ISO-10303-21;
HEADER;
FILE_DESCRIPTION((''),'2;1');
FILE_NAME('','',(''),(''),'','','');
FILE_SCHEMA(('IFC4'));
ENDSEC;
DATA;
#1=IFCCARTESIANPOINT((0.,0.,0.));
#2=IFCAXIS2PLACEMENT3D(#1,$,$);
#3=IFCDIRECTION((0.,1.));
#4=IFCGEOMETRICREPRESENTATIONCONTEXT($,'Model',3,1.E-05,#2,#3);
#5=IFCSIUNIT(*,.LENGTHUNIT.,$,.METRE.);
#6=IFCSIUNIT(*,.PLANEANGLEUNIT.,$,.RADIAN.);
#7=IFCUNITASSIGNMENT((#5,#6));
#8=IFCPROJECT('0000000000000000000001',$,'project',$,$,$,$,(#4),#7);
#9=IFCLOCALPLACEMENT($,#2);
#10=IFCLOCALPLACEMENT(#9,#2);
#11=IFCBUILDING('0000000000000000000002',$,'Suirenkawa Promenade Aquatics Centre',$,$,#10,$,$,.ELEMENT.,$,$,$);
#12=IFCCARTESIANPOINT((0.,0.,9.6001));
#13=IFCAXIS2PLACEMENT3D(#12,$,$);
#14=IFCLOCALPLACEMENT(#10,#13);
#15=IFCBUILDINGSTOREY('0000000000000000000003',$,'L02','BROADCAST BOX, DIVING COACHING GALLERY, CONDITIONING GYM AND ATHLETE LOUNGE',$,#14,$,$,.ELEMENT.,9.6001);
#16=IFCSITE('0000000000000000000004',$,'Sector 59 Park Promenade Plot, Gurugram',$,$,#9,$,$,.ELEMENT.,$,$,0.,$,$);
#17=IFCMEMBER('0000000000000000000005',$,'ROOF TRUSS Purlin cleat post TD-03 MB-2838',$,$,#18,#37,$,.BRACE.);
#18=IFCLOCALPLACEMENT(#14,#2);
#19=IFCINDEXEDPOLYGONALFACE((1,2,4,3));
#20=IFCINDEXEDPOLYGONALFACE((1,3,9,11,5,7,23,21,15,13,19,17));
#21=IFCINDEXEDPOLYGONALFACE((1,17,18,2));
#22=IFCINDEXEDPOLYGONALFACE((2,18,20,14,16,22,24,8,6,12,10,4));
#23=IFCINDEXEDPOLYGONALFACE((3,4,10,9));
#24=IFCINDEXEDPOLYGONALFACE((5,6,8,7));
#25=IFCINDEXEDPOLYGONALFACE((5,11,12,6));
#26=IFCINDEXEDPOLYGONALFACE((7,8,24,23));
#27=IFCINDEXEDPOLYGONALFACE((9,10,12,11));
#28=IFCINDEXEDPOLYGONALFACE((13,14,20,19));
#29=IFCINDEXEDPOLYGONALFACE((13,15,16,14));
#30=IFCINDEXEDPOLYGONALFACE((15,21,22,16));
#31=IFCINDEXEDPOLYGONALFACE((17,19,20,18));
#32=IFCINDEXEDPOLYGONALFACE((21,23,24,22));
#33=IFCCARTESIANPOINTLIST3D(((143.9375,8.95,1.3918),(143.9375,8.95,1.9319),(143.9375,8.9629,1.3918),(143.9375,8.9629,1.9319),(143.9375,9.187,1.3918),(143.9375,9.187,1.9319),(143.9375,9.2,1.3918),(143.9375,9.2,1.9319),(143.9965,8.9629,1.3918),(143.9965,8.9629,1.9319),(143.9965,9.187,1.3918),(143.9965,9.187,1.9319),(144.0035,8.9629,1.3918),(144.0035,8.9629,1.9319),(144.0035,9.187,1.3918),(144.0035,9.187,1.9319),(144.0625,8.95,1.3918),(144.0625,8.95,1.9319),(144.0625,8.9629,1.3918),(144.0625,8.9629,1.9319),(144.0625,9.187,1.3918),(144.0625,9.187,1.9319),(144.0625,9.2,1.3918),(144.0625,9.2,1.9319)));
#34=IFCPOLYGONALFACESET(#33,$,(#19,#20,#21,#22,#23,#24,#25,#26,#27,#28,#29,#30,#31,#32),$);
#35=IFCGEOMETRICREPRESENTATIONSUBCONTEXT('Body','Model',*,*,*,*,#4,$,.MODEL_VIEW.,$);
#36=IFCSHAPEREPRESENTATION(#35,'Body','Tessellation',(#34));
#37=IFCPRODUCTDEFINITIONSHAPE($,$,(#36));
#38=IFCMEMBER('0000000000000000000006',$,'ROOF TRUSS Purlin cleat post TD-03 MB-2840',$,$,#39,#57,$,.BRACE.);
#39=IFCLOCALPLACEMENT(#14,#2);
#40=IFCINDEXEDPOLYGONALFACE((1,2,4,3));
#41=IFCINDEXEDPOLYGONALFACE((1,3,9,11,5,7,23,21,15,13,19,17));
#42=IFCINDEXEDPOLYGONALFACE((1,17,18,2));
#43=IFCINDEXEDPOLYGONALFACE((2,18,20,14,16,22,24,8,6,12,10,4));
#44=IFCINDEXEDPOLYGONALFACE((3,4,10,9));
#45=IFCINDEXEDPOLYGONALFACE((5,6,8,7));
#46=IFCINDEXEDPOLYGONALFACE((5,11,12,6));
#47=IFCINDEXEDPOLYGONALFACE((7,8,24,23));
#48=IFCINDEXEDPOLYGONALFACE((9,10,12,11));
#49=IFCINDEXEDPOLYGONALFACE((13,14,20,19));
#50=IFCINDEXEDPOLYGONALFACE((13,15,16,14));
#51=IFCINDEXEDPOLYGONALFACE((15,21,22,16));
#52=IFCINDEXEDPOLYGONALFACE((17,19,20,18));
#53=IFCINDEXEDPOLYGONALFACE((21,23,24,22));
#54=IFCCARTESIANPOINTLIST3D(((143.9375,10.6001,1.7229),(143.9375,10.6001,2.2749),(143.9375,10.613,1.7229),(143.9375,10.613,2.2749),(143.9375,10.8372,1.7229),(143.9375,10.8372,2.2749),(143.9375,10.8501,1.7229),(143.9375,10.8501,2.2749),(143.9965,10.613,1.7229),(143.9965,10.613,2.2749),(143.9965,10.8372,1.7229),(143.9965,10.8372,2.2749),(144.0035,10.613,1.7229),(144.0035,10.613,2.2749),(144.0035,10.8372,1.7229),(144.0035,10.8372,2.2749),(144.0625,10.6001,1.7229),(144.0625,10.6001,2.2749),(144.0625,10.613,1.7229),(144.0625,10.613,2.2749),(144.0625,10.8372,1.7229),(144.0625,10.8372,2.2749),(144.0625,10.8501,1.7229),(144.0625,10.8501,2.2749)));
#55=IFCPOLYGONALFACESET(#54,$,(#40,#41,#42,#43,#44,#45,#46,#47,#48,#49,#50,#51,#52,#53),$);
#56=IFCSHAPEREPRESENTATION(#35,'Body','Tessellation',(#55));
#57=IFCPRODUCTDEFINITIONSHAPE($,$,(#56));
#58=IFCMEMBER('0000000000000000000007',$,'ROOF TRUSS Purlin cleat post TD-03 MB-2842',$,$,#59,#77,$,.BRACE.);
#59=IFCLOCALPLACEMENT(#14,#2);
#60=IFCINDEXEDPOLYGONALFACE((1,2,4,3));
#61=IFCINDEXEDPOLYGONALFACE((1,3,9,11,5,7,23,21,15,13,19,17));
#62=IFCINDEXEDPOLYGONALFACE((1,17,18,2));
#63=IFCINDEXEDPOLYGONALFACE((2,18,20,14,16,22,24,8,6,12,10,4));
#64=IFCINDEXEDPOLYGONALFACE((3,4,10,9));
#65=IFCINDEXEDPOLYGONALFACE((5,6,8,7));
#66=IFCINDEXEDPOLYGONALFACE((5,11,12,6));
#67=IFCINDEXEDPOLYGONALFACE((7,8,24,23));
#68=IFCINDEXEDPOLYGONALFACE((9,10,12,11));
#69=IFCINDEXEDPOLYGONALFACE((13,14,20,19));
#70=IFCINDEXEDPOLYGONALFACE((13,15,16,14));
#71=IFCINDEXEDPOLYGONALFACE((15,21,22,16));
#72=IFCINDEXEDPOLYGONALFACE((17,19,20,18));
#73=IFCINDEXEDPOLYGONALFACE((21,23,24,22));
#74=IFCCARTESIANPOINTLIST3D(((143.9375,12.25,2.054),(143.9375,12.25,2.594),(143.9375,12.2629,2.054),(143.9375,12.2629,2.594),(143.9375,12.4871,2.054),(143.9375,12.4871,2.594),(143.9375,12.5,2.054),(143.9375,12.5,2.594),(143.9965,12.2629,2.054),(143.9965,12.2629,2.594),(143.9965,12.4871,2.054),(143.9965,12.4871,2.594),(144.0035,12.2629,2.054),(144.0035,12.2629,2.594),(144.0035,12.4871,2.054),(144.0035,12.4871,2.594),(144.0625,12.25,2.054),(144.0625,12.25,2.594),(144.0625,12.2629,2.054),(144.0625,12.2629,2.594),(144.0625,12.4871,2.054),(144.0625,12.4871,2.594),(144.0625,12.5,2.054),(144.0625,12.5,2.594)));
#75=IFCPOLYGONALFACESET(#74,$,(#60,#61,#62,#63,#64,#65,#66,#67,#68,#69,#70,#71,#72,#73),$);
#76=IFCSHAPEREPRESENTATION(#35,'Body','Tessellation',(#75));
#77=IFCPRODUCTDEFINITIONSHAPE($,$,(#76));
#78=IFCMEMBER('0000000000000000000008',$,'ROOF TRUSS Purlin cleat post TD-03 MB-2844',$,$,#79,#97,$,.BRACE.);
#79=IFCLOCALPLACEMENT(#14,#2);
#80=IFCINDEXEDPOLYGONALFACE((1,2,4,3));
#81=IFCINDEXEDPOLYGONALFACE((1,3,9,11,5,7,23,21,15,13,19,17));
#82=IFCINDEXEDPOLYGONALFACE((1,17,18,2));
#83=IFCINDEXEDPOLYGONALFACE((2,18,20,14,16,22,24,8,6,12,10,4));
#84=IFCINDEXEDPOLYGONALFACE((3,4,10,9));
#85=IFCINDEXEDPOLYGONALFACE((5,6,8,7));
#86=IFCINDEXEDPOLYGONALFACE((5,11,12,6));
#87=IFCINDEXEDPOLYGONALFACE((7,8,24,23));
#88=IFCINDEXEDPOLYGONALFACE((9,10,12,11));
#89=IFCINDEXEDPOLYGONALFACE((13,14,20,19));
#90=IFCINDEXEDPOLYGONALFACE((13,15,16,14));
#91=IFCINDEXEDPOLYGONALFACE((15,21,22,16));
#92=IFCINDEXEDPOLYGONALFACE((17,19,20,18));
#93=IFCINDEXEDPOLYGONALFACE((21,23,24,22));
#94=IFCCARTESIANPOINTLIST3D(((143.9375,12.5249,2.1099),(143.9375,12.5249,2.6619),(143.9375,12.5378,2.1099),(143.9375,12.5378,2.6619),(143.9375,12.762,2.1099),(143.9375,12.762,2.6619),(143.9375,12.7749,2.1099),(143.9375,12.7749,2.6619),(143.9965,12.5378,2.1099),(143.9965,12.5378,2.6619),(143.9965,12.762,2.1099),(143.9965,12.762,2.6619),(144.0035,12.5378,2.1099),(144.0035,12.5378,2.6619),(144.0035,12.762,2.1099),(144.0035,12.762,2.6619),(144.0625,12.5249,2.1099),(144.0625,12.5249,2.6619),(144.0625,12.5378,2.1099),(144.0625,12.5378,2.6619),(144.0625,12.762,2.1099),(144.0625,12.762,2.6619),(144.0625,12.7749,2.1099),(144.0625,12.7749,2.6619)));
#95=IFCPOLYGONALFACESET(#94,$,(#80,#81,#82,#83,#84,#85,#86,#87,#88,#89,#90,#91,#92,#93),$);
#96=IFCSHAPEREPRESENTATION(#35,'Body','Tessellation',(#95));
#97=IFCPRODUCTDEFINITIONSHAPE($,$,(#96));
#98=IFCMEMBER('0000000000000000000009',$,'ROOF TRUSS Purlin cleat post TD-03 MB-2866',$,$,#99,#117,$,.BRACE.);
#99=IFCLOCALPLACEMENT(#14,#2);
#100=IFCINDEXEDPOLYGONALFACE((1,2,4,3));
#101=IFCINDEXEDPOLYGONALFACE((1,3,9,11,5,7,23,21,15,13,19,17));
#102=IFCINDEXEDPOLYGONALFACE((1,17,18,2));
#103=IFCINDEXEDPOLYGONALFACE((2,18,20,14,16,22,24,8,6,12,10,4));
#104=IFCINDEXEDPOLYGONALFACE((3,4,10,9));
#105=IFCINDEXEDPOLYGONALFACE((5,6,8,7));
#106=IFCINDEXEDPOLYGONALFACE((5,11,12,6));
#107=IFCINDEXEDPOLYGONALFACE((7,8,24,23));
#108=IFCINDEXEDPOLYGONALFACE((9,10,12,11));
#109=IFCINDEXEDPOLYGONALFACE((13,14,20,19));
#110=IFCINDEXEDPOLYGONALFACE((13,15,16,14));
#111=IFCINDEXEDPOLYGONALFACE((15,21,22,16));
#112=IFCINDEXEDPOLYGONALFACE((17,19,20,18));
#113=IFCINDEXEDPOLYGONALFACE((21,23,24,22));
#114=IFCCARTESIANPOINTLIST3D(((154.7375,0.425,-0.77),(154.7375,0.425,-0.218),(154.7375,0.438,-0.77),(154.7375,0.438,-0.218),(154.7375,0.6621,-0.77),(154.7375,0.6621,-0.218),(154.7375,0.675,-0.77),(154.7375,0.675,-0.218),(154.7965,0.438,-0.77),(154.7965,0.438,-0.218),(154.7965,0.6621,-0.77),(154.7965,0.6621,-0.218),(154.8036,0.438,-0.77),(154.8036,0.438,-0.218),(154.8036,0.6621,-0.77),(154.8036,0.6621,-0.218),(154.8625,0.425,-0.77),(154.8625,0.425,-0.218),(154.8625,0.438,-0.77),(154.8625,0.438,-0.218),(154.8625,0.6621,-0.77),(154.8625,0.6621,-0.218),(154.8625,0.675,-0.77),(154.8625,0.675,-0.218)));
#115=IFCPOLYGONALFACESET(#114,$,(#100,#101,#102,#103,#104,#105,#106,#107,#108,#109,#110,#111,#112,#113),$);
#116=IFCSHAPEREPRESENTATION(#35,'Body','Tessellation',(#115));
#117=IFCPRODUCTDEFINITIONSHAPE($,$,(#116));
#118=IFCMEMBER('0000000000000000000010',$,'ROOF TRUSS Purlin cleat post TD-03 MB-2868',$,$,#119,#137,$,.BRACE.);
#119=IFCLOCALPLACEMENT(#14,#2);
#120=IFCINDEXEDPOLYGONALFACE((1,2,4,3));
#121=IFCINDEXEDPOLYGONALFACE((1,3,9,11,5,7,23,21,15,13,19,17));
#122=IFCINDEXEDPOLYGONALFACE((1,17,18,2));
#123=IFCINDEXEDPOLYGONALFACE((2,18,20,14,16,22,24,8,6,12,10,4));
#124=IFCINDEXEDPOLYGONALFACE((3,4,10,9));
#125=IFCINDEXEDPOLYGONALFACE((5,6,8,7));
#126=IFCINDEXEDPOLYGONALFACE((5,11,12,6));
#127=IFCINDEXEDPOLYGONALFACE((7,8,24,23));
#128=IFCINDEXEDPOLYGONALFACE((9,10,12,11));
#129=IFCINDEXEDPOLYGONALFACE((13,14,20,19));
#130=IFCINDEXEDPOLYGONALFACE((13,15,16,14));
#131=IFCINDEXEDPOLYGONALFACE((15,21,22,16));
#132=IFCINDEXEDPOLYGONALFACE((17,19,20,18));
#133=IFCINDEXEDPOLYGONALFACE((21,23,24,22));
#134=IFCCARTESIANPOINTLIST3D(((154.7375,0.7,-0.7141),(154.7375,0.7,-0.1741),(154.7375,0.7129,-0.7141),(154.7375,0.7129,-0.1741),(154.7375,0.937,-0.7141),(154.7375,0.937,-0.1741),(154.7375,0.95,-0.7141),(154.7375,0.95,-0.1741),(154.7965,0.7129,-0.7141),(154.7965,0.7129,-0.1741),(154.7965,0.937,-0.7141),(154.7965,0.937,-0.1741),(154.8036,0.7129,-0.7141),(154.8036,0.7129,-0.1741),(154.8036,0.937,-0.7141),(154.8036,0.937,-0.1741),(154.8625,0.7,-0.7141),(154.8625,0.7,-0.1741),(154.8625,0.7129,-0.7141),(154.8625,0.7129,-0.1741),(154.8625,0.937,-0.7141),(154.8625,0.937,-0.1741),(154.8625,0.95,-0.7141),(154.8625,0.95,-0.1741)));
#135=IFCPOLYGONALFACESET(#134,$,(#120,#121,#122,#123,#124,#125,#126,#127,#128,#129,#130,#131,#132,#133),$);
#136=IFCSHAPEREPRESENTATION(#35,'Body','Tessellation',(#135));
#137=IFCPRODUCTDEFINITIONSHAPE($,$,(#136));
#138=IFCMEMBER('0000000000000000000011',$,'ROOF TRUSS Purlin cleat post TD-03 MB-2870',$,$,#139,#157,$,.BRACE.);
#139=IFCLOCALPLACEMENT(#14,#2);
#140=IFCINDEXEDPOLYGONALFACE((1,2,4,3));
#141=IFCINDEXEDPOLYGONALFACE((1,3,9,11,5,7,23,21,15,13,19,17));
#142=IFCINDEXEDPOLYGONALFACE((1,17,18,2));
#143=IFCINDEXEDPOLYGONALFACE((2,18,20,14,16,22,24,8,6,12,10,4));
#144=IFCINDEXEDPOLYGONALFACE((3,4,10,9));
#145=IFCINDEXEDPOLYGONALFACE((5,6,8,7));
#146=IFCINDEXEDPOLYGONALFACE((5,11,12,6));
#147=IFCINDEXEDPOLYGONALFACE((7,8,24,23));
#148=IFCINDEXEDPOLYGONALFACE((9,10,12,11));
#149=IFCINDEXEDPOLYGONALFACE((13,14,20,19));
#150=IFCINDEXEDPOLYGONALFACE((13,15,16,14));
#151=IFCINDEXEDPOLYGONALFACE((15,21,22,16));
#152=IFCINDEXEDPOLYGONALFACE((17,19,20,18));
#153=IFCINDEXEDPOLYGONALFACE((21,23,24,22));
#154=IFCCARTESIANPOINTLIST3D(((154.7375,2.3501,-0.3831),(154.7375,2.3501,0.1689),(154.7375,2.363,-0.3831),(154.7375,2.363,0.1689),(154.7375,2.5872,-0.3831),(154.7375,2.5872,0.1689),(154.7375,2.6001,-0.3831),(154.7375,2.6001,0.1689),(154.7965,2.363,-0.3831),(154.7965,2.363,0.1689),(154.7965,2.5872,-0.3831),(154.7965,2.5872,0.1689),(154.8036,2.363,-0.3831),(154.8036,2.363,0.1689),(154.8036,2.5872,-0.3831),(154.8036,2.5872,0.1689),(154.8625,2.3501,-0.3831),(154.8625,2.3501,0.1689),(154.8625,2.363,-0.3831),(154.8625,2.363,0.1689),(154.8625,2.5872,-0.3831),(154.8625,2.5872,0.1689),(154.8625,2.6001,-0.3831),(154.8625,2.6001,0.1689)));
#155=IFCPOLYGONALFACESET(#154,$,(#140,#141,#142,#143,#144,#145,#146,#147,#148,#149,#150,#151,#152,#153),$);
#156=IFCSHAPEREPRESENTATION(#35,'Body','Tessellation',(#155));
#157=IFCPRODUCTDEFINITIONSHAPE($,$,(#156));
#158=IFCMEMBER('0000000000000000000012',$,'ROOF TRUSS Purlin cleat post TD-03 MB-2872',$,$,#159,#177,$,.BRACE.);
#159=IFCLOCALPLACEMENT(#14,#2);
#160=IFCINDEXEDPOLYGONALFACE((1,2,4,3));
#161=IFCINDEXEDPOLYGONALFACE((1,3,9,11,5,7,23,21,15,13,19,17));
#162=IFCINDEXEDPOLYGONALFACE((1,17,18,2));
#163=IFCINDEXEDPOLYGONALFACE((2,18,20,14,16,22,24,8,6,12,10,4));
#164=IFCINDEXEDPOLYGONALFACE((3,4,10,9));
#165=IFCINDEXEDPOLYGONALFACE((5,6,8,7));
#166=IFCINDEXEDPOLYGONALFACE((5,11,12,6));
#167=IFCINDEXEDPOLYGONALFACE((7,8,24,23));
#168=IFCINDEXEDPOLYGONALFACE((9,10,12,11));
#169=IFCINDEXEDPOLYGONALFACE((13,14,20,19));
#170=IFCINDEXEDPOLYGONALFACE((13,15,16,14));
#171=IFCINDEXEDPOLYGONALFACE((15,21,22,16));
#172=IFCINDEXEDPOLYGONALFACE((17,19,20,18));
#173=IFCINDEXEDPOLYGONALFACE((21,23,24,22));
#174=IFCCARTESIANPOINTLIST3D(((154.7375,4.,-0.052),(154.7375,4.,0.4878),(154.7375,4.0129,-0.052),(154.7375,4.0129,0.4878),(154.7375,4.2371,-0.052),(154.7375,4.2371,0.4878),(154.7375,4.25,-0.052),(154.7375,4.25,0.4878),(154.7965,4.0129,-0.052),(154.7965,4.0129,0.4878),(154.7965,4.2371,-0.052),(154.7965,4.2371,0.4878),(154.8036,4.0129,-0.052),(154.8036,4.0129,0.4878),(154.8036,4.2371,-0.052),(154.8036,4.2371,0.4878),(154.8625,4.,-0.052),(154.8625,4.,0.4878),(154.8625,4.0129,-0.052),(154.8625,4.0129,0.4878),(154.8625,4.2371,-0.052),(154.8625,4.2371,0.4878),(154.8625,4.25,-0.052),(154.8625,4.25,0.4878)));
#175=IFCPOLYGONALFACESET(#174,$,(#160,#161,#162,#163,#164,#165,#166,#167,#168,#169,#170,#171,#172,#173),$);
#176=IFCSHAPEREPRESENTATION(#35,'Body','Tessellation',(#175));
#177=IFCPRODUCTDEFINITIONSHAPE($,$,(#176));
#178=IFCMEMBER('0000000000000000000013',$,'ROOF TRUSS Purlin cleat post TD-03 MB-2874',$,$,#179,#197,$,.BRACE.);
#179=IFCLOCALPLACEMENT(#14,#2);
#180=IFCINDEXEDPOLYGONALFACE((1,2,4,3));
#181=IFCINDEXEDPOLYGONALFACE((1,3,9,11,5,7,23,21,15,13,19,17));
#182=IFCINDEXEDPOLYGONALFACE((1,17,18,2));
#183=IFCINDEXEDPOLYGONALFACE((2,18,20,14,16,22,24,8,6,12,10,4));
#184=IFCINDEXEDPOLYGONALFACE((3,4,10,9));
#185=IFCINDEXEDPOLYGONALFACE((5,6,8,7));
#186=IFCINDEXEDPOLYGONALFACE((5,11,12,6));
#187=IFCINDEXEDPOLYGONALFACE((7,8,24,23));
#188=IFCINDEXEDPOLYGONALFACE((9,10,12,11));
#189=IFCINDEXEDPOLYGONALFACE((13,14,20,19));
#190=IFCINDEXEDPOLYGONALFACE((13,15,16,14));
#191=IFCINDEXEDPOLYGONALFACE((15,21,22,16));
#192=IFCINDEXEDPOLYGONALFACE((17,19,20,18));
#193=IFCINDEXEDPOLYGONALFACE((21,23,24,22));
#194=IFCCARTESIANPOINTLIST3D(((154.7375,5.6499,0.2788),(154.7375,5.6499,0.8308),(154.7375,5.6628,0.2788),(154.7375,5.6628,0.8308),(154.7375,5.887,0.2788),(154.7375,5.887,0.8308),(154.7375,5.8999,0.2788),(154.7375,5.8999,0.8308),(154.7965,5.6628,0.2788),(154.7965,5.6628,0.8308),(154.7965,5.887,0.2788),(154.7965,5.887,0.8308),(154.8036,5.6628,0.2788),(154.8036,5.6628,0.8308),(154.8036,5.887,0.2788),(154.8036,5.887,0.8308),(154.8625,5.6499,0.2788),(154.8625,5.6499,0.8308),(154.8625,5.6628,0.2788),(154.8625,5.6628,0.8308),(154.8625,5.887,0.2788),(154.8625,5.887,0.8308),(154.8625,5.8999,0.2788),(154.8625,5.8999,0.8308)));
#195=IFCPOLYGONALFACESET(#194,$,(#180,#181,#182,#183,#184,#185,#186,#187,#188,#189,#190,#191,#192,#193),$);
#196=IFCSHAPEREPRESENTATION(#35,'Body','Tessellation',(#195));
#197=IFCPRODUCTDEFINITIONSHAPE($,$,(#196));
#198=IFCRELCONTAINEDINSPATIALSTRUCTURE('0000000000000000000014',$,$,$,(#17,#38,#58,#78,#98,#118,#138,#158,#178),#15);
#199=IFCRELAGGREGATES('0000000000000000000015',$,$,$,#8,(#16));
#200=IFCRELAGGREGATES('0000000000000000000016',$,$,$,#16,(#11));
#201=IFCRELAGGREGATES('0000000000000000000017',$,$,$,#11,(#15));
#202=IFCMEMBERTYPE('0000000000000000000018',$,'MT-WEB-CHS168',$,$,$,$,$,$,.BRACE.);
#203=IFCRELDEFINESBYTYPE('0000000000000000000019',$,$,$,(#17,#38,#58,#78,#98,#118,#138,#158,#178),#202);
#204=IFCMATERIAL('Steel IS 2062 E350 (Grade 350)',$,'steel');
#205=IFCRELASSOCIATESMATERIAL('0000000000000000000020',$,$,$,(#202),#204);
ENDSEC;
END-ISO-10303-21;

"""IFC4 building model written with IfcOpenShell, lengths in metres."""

from ifc_helpers import new_model, si_unit, direction, frame, origin, origin_2d, place, context, subcontext, project, spatial, i_section, extrude, material, material_profile, profile_set, type_object, element, save


model = new_model("IFC4")

# Units and contexts
model_context = context("Model", 3, precision=1e-05, world=origin(), true_north=direction((0.0, 1.0)))
body_context = subcontext(model_context, "Body", "Model", "MODEL_VIEW")
ifc_project = project(units=[si_unit("LENGTHUNIT", "METRE"), si_unit("PLANEANGLEUNIT", "RADIAN")], contexts=[model_context])

# Site, building, storey
site_placement = place(None, origin())
site = spatial("IfcSite", under=ifc_project, at=site_placement, Name="Sector 59 Park Promenade Plot, Gurugram", CompositionType="ELEMENT", RefElevation=0.0)
building_placement = place(site_placement, origin())
building = spatial("IfcBuilding", under=site, at=building_placement, Name="Suirenkawa Promenade Aquatics Centre", CompositionType="ELEMENT")
storey_placement = place(building_placement, frame((0.0, 0.0, 9.6001)))
storey = spatial("IfcBuildingStorey", under=building, at=storey_placement, Name="L02", Description="BROADCAST BOX, DIVING COACHING GALLERY, CONDITIONING GYM AND ATHLETE LOUNGE", CompositionType="ELEMENT", Elevation=9.6001)

# Shared definitions
ifc_material_1 = material(Name="Steel IS 2062 E350 (Grade 350)", Category="steel")

# Members
ifc_material_profile_1 = material_profile(ifc_material_1, i_section(OverallWidth=0.125, OverallDepth=0.25, WebThickness=0.0071, FlangeThickness=0.0129, at=origin_2d()), Name="ISMB 250", Category="steel")
ifc_profile_set_1 = profile_set([ifc_material_profile_1], Name="Steel IS 2062 E350 (Grade 350)")
member_type_1 = type_object("IfcMemberType", Name="MT-WEB-CHS168", PredefinedType="BRACE", material=ifc_profile_set_1)
member_1_placement = place(storey_placement, frame((144.0, 9.075, 1.3918), z_axis=(0.0, 0.0, 1.0), x_axis=(1.0, 0.0, 0.0)))
element("IfcMember", 1, at=member_1_placement, inside=storey, type_object=member_type_1, Name="ROOF TRUSS Purlin cleat post TD-03 MB-2838", PredefinedType="BRACE", context=body_context, shape_type="SweptSolid", body=[
    extrude(i_section(OverallWidth=0.125, OverallDepth=0.25, WebThickness=0.0071, FlangeThickness=0.0129, at=origin_2d()), origin(), (0.0, 0.0, 1.0), 0.54),
])
member_2_placement = place(storey_placement, frame((144.0, 10.7251, 1.7229), z_axis=(0.0, 0.0, 1.0), x_axis=(1.0, 0.0, 0.0)))
element("IfcMember", 2, at=member_2_placement, inside=storey, type_object=member_type_1, Name="ROOF TRUSS Purlin cleat post TD-03 MB-2840", PredefinedType="BRACE", context=body_context, shape_type="SweptSolid", body=[
    extrude(i_section(OverallWidth=0.125, OverallDepth=0.25, WebThickness=0.0071, FlangeThickness=0.0129, at=origin_2d()), origin(), (0.0, 0.0, 1.0), 0.552),
])
member_3_placement = place(storey_placement, frame((144.0, 12.375, 2.054), z_axis=(0.0, 0.0, 1.0), x_axis=(1.0, 0.0, 0.0)))
element("IfcMember", 3, at=member_3_placement, inside=storey, type_object=member_type_1, Name="ROOF TRUSS Purlin cleat post TD-03 MB-2842", PredefinedType="BRACE", context=body_context, shape_type="SweptSolid", body=[
    extrude(i_section(OverallWidth=0.125, OverallDepth=0.25, WebThickness=0.0071, FlangeThickness=0.0129, at=origin_2d()), origin(), (0.0, 0.0, 1.0), 0.54),
])
for number, where, z_axis, x_axis, name in (
    (4, (144.0, 12.6499, 2.1099), (0.0, 0.0, 1.0), (1.0, 0.0, 0.0), "ROOF TRUSS Purlin cleat post TD-03 MB-2844"),
    (5, (154.8, 0.55, -0.77), (0.0, 0.0, 1.0), (1.0, 0.0, 0.0), "ROOF TRUSS Purlin cleat post TD-03 MB-2866"),
):
    element("IfcMember", number, at=place(storey_placement, frame(where, z_axis=z_axis, x_axis=x_axis)), inside=storey, type_object=member_type_1, Name=name, PredefinedType="BRACE", context=body_context, shape_type="SweptSolid", body=[
        extrude(i_section(OverallWidth=0.125, OverallDepth=0.25, WebThickness=0.0071, FlangeThickness=0.0129, at=origin_2d()), origin(), (0.0, 0.0, 1.0), 0.552),
    ])
member_4_placement = place(storey_placement, frame((154.8, 0.825, -0.7141), z_axis=(0.0, 0.0, 1.0), x_axis=(1.0, 0.0, 0.0)))
element("IfcMember", 6, at=member_4_placement, inside=storey, type_object=member_type_1, Name="ROOF TRUSS Purlin cleat post TD-03 MB-2868", PredefinedType="BRACE", context=body_context, shape_type="SweptSolid", body=[
    extrude(i_section(OverallWidth=0.125, OverallDepth=0.25, WebThickness=0.0071, FlangeThickness=0.0129, at=origin_2d()), origin(), (0.0, 0.0, 1.0), 0.54),
])
member_5_placement = place(storey_placement, frame((154.8, 2.4751, -0.3831), z_axis=(0.0, 0.0, 1.0), x_axis=(1.0, 0.0, 0.0)))
element("IfcMember", 7, at=member_5_placement, inside=storey, type_object=member_type_1, Name="ROOF TRUSS Purlin cleat post TD-03 MB-2870", PredefinedType="BRACE", context=body_context, shape_type="SweptSolid", body=[
    extrude(i_section(OverallWidth=0.125, OverallDepth=0.25, WebThickness=0.0071, FlangeThickness=0.0129, at=origin_2d()), origin(), (0.0, 0.0, 1.0), 0.552),
])
member_6_placement = place(storey_placement, frame((154.8, 4.125, -0.052), z_axis=(0.0, 0.0, 1.0), x_axis=(1.0, 0.0, 0.0)))
element("IfcMember", 8, at=member_6_placement, inside=storey, type_object=member_type_1, Name="ROOF TRUSS Purlin cleat post TD-03 MB-2872", PredefinedType="BRACE", context=body_context, shape_type="SweptSolid", body=[
    extrude(i_section(OverallWidth=0.125, OverallDepth=0.25, WebThickness=0.0071, FlangeThickness=0.0129, at=origin_2d()), origin(), (0.0, 0.0, 1.0), 0.5398),
])
member_7_placement = place(storey_placement, frame((154.8, 5.7749, 0.2788), z_axis=(0.0, 0.0, 1.0), x_axis=(1.0, 0.0, 0.0)))
element("IfcMember", 9, at=member_7_placement, inside=storey, type_object=member_type_1, Name="ROOF TRUSS Purlin cleat post TD-03 MB-2874", PredefinedType="BRACE", context=body_context, shape_type="SweptSolid", body=[
    extrude(i_section(OverallWidth=0.125, OverallDepth=0.25, WebThickness=0.0071, FlangeThickness=0.0129, at=origin_2d()), origin(), (0.0, 0.0, 1.0), 0.552),
])

save(model, "model.ifc")
